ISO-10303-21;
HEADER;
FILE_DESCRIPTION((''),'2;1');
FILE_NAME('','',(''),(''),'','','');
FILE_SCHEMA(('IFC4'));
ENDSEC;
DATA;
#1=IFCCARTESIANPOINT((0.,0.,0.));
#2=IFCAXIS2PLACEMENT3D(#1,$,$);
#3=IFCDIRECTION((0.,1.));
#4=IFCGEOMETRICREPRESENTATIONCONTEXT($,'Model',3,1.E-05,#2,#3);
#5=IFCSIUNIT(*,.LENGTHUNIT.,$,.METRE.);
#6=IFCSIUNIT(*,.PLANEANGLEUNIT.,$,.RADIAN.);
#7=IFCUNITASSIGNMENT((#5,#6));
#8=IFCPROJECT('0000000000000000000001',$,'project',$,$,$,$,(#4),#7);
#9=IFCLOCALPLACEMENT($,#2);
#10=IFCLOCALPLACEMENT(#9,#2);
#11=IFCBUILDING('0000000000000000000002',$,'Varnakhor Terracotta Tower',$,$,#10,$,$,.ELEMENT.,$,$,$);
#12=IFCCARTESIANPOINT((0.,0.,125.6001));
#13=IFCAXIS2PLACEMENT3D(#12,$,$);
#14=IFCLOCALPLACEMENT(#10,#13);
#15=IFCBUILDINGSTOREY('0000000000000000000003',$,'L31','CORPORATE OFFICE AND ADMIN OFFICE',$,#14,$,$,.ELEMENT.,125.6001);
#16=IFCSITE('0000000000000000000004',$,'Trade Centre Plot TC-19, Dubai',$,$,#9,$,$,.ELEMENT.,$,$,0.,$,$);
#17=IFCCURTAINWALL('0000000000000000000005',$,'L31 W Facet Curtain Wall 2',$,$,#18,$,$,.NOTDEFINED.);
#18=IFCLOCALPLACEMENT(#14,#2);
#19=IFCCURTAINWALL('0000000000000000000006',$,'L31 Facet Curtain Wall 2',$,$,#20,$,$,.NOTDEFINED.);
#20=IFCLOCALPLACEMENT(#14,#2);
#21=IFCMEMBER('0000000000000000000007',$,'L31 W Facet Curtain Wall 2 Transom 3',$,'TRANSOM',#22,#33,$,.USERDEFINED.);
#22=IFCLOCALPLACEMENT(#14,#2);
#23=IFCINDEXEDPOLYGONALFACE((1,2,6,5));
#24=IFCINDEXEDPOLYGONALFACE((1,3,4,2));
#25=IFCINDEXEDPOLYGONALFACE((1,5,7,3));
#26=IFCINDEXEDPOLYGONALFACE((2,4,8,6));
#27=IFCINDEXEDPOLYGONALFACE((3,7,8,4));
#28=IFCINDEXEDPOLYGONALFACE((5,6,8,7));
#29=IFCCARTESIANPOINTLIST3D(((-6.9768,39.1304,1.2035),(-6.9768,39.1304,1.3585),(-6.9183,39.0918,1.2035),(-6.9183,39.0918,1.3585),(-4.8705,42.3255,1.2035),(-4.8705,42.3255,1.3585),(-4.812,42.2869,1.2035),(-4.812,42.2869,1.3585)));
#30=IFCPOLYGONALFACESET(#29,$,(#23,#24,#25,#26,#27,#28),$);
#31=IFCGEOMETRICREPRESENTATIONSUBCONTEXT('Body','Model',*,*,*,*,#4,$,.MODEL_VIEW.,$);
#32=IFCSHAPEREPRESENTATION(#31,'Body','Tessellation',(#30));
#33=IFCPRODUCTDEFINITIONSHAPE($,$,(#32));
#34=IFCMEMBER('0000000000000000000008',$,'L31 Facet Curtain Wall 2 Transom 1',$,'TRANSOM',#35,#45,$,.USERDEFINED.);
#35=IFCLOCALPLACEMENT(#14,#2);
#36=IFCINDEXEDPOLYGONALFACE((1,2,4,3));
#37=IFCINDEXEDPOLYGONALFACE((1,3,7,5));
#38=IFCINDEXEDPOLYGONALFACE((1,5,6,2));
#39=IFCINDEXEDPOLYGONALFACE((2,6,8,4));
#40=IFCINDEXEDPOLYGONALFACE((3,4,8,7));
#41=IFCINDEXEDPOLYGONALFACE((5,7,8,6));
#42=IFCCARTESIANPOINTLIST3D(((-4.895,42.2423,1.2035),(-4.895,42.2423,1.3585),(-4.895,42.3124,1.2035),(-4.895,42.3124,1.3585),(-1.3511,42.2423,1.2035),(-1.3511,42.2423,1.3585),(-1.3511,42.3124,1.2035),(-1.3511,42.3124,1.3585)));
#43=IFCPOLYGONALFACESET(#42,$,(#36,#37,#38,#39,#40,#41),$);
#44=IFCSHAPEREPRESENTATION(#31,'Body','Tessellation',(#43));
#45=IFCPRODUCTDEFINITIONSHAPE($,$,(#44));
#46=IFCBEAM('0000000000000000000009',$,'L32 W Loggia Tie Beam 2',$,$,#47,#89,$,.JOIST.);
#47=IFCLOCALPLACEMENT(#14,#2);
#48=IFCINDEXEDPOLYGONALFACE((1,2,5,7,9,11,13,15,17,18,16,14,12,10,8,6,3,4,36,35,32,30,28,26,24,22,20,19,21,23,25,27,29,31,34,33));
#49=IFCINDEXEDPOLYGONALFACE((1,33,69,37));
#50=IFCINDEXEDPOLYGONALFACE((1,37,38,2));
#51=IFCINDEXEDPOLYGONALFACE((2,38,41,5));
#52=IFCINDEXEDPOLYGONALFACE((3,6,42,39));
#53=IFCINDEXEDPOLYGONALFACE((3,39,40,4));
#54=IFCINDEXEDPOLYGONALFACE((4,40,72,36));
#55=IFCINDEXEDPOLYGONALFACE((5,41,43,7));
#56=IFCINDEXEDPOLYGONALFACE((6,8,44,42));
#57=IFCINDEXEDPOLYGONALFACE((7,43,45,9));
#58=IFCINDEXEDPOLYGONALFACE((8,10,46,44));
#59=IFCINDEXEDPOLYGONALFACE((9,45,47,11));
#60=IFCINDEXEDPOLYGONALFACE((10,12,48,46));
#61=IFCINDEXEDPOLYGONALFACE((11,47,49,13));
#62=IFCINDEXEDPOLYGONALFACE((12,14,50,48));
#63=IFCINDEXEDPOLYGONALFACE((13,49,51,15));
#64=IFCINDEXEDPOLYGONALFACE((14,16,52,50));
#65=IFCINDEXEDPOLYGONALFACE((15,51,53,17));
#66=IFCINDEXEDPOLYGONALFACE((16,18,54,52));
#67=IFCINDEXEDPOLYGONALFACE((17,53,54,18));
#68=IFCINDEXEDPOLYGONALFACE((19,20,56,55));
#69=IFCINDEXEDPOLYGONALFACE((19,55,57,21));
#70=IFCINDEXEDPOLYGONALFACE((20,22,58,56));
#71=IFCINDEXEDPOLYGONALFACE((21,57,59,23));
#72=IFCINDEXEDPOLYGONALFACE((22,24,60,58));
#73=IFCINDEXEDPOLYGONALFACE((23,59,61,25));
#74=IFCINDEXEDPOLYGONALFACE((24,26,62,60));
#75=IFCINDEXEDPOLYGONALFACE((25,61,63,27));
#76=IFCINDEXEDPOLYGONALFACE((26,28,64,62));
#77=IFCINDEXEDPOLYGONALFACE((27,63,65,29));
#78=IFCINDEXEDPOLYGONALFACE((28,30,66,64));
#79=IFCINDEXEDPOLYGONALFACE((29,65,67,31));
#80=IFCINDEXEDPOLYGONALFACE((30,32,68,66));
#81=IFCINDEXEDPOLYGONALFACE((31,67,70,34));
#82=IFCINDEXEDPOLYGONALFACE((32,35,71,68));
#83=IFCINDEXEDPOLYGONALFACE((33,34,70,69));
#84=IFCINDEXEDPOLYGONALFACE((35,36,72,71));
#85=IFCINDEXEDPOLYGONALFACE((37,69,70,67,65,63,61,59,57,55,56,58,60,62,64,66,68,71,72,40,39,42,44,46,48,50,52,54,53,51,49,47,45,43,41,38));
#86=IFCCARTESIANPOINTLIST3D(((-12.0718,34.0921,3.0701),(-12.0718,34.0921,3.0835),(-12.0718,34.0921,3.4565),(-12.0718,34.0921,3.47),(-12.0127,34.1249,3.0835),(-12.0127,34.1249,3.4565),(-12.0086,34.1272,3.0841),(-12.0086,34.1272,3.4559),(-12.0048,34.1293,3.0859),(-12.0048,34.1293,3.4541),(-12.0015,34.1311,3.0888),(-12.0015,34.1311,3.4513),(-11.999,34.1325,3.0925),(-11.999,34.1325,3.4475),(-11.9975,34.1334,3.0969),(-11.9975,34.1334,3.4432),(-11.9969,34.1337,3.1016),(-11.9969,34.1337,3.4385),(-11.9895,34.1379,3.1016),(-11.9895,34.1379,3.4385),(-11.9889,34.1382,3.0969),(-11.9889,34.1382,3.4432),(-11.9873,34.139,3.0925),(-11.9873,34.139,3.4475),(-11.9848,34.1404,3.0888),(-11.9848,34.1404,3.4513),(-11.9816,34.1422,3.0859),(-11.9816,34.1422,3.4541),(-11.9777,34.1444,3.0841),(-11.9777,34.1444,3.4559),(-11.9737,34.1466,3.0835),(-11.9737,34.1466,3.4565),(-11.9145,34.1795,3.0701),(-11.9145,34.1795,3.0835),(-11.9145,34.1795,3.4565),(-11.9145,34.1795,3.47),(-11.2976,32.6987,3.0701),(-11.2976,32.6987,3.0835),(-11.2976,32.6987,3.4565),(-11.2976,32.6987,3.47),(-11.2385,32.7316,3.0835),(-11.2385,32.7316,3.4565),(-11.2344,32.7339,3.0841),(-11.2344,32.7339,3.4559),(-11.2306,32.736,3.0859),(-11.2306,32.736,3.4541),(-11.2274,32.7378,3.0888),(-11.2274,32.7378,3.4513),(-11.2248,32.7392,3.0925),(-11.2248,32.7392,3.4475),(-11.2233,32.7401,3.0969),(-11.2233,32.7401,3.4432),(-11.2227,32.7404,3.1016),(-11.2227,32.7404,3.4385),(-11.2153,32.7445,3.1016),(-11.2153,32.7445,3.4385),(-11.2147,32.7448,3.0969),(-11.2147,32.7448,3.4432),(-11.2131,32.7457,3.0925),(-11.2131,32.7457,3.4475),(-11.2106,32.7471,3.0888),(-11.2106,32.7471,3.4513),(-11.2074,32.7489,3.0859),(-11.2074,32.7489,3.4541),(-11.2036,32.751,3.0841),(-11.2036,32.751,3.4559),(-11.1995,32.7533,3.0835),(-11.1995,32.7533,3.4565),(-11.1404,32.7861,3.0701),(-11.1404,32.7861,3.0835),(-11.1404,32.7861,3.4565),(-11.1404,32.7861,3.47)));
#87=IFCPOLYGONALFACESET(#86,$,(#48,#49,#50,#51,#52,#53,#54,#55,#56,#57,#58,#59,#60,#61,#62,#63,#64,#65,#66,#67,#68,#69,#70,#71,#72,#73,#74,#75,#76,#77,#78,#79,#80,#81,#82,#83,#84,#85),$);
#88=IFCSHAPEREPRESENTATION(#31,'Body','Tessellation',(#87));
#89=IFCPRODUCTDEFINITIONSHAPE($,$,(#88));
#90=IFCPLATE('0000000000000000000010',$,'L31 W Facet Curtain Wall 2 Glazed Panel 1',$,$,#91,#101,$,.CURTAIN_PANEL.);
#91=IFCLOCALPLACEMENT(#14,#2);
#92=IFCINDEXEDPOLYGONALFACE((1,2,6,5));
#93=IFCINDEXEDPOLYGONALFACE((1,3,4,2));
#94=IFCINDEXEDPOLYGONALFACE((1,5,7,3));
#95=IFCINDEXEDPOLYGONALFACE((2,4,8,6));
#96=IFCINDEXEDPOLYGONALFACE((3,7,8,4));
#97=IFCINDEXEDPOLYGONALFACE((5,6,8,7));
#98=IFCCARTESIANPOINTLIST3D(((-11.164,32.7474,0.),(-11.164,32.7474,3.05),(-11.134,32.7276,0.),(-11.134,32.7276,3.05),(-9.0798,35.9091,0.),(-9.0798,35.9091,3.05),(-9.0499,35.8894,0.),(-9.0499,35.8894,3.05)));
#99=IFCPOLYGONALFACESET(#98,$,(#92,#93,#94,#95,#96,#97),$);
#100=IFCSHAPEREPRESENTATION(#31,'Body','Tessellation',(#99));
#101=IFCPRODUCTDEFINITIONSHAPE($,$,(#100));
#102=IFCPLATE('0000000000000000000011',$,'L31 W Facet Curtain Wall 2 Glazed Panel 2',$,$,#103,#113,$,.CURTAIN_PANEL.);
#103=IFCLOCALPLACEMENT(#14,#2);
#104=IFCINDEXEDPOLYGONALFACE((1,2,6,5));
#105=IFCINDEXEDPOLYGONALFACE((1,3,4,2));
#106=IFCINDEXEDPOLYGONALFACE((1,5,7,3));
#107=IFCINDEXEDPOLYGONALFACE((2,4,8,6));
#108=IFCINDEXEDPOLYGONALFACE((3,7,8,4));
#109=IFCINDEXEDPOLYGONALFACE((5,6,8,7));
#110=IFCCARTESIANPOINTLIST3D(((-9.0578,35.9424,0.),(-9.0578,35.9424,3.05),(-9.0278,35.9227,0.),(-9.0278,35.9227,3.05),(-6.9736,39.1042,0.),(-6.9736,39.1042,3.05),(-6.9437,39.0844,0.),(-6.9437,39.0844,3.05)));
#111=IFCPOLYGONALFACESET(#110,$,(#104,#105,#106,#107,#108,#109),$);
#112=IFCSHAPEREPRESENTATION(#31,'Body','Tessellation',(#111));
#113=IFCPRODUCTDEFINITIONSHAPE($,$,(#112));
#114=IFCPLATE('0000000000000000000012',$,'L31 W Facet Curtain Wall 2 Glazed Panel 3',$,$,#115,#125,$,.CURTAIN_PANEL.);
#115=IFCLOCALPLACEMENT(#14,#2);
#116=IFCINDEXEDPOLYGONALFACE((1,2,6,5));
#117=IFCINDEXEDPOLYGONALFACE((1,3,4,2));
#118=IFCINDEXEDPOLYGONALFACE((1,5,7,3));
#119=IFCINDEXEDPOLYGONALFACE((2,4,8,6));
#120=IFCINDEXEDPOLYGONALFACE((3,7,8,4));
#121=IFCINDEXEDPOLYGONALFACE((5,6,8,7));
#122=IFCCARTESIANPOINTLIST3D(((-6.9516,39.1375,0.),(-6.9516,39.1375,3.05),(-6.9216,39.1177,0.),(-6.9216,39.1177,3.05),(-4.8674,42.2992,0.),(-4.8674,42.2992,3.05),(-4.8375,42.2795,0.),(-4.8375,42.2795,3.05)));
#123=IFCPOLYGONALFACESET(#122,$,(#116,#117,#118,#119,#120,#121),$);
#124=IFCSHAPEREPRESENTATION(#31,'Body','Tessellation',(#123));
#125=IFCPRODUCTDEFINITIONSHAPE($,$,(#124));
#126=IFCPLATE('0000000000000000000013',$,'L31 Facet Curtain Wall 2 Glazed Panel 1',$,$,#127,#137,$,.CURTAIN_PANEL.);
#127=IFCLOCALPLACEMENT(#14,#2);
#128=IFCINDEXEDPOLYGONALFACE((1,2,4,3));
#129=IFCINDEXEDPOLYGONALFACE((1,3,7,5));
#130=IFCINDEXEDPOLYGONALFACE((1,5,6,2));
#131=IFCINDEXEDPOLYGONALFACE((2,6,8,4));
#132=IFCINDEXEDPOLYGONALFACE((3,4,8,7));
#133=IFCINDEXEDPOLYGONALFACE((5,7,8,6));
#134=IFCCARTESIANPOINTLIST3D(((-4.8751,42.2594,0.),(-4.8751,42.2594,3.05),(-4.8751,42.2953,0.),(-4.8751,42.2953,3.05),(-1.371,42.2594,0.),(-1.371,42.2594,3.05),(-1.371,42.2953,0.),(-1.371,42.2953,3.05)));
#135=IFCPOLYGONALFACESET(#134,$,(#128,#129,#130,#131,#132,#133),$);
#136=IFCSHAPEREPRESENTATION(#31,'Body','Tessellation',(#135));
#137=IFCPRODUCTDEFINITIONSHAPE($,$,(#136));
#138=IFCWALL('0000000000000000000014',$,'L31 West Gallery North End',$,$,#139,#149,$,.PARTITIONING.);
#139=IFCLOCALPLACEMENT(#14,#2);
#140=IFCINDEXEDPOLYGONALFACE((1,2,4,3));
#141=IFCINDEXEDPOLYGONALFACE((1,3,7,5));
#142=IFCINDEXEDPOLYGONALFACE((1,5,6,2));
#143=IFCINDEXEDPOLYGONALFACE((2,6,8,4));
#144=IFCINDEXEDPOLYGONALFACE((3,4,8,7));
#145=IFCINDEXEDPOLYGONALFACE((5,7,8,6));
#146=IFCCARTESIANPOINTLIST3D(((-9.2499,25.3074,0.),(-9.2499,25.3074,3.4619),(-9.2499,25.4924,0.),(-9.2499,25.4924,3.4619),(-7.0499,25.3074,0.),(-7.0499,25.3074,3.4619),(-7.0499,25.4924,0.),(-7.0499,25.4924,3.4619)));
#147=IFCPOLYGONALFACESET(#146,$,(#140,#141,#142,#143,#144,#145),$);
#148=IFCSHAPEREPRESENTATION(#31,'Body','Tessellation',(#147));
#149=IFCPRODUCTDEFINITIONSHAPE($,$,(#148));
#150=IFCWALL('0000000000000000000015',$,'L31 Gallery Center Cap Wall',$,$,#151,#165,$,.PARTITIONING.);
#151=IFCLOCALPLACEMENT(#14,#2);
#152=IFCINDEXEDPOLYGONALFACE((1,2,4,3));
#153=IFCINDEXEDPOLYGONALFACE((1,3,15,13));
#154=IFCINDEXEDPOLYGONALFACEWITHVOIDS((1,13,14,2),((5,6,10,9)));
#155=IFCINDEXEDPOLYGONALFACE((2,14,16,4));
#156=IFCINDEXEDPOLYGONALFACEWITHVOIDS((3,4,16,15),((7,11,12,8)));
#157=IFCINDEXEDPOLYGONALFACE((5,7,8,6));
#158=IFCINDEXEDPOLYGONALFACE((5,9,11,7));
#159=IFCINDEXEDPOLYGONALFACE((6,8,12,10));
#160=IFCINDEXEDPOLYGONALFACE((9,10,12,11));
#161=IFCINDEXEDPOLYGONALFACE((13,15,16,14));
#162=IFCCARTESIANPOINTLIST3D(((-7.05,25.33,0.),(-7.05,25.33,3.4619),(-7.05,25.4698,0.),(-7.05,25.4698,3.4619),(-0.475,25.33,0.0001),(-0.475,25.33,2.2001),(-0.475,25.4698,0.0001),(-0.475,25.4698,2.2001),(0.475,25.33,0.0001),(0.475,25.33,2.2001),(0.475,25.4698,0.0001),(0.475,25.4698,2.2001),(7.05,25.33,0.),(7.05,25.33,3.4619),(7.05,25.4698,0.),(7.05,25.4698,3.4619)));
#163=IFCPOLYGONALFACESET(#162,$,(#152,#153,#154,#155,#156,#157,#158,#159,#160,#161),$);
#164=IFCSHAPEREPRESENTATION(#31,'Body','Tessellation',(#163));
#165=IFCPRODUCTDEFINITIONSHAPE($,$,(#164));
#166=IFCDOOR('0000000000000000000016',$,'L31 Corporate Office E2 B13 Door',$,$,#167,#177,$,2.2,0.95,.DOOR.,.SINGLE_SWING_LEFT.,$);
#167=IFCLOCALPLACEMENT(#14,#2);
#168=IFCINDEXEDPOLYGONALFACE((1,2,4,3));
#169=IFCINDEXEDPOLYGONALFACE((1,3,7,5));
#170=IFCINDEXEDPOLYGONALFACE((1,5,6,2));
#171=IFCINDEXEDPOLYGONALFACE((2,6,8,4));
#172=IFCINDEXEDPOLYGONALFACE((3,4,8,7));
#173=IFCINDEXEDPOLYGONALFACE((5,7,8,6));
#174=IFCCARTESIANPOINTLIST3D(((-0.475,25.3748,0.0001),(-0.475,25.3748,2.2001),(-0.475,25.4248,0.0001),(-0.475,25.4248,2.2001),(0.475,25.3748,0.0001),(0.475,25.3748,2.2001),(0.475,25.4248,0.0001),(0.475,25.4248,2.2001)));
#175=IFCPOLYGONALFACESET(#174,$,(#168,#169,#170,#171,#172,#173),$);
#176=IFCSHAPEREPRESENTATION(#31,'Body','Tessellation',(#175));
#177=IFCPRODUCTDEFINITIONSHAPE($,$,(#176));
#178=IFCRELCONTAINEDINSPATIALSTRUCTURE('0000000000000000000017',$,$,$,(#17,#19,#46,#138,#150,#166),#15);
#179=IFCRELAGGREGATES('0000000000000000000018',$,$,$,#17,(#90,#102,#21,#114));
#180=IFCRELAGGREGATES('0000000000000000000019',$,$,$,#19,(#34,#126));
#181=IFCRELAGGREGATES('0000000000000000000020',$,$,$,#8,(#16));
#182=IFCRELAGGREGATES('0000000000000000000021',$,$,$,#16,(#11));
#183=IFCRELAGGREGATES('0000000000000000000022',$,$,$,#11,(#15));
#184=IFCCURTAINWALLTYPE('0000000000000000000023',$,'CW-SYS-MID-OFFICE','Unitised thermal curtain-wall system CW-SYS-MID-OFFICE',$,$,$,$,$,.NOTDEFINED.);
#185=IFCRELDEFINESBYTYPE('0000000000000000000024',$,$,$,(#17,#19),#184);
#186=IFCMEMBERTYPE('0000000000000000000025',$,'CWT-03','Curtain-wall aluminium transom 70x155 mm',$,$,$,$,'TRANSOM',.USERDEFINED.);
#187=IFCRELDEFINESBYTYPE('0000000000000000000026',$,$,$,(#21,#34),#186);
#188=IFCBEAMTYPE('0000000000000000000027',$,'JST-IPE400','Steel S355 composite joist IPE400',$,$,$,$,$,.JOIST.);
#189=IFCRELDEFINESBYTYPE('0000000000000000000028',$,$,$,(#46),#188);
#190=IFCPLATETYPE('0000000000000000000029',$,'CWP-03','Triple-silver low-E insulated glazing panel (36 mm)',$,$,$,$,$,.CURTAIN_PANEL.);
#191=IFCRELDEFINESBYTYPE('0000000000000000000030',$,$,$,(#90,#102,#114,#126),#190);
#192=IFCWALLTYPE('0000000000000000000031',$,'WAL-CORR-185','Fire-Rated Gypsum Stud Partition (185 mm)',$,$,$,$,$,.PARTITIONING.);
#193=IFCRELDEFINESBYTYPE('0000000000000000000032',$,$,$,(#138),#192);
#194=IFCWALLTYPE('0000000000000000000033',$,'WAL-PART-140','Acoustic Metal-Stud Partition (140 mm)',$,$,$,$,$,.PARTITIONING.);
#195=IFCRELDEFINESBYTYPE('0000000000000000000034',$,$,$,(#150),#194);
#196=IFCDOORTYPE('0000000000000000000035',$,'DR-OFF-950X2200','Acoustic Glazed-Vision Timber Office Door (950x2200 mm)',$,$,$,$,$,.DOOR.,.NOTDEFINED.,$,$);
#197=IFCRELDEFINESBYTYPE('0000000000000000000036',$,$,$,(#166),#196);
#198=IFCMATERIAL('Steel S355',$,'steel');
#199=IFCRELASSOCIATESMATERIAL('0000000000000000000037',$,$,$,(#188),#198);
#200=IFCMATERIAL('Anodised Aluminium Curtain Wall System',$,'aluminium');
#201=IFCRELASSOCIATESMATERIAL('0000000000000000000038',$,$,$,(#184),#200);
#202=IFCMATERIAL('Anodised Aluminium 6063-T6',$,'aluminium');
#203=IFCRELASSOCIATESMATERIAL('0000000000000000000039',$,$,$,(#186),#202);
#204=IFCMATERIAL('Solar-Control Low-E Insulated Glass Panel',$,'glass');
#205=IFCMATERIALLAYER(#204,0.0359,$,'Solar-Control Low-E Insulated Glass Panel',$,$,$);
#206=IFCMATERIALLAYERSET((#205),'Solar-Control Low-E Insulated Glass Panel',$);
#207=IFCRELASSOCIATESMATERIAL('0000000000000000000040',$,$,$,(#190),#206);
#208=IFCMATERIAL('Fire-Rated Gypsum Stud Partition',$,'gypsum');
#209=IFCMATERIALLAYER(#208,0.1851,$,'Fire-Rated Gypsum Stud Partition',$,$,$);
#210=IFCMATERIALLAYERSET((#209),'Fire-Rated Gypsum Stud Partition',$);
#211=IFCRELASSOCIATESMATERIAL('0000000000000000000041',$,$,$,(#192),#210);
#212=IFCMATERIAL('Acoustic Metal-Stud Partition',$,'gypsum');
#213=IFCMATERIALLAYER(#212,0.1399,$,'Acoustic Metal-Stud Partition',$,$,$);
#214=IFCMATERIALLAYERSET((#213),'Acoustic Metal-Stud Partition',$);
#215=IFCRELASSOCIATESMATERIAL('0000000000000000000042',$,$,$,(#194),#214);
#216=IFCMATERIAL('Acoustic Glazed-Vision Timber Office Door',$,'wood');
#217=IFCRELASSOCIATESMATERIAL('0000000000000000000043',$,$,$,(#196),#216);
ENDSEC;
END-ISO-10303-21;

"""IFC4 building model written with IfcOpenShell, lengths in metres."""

from ifc_helpers import new_model, si_unit, direction, frame, frame_2d, origin, origin_2d, place, context, subcontext, project, spatial, rectangle, i_section, extrude, source, transform, mapped, material, layer, layer_set, material_profile, profile_set, type_object, type_shapes, element, fill, aggregate, save


model = new_model("IFC4")

# Units and contexts
model_context = context("Model", 3, precision=1e-05, world=origin(), true_north=direction((0.0, 1.0)))
body_context = subcontext(model_context, "Body", "Model", "MODEL_VIEW")
ifc_project = project(units=[si_unit("LENGTHUNIT", "METRE"), si_unit("PLANEANGLEUNIT", "RADIAN")], contexts=[model_context])

# Site, building, storey
site_placement = place(None, origin())
site = spatial("IfcSite", under=ifc_project, at=site_placement, Name="Trade Centre Plot TC-19, Dubai", CompositionType="ELEMENT", RefElevation=0.0)
building_placement = place(site_placement, origin())
building = spatial("IfcBuilding", under=site, at=building_placement, Name="Varnakhor Terracotta Tower", CompositionType="ELEMENT")
storey_placement = place(building_placement, frame((0.0, 0.0, 125.6001)))
storey = spatial("IfcBuildingStorey", under=building, at=storey_placement, Name="L31", Description="CORPORATE OFFICE AND ADMIN OFFICE", CompositionType="ELEMENT", Elevation=125.6001)

# Shared definitions
ifc_material_1 = material(Name="Steel S355", Category="steel")
ifc_material_profile_1 = material_profile(ifc_material_1, i_section(OverallWidth=0.1799, OverallDepth=0.3999, WebThickness=0.0085, FlangeThickness=0.0134, FilletRadius=0.0181, at=origin_2d()), Name="IPE400")
ifc_profile_set_1 = profile_set([ifc_material_profile_1], Name="Steel S355")
beam_type_1 = type_object("IfcBeamType", Name="JST-IPE400", Description="Steel S355 composite joist IPE400", PredefinedType="JOIST", material=ifc_profile_set_1)

# Curtain wall
ifc_material_2 = material(Name="Anodised Aluminium Curtain Wall System", Category="aluminium")
curtain_wall_type = type_object("IfcCurtainWallType", Name="CW-SYS-MID-OFFICE", Description="Unitised thermal curtain-wall system CW-SYS-MID-OFFICE", PredefinedType="NOTDEFINED", material=ifc_material_2)
curtain_wall_1_placement = place(storey_placement, origin())
curtain_wall_1 = element("IfcCurtainWall", 1, at=curtain_wall_1_placement, inside=storey, type_object=curtain_wall_type, Name="L31 W Facet Curtain Wall 2", PredefinedType="NOTDEFINED")
ifc_material_3 = material(Name="Anodised Aluminium 6063-T6", Category="aluminium")

# Curtain wall
curtain_wall_2_placement = place(storey_placement, origin())
curtain_wall_2 = element("IfcCurtainWall", 2, at=curtain_wall_2_placement, inside=storey, type_object=curtain_wall_type, Name="L31 Facet Curtain Wall 2", PredefinedType="NOTDEFINED")

# Members
ifc_material_profile_2 = material_profile(ifc_material_3, rectangle(XDim=0.0701, YDim=0.155, at=origin_2d()), Name="ALU TRANSOM 70x155")
ifc_profile_set_2 = profile_set([ifc_material_profile_2], Name="Anodised Aluminium 6063-T6")
member_type_1 = type_object("IfcMemberType", Name="CWT-03", Description="Curtain-wall aluminium transom 70x155 mm", ElementType="TRANSOM", PredefinedType="USERDEFINED", material=ifc_profile_set_2)
shared_shape_1 = source(origin(), body_context, "Body", "SweptSolid", [
    extrude(rectangle(XDim=0.0701, YDim=0.155, at=origin_2d()), origin(), (0.0, 0.0, 1.0), 3.8269),
])
type_shapes(member_type_1, [shared_shape_1])
member_1_placement = place(storey_placement, frame((-6.9475, 39.1111, 1.281), z_axis=(0.550379, 0.834915, 0.0), x_axis=(-0.834915, 0.550379, 0.0)))
member_1 = element("IfcMember", 3, at=member_1_placement, type_object=member_type_1, Name="L31 W Facet Curtain Wall 2 Transom 3", ObjectType="TRANSOM", PredefinedType="USERDEFINED", context=body_context, shape_type="MappedRepresentation", body=[
    mapped(shared_shape_1, transform((0.0, 0.0, 0.0), scale=1.0)),
])
shared_shape_2 = source(origin(), body_context, "Body", "SweptSolid", [
    extrude(rectangle(XDim=0.0701, YDim=0.155, at=origin_2d()), origin(), (0.0, 0.0, 1.0), 3.5439),
])
member_2_placement = place(storey_placement, frame((-4.895, 42.2773, 1.281), z_axis=(1.0, 0.0, 0.0), x_axis=(0.0, 1.0, 0.0)))
member_2 = element("IfcMember", 4, at=member_2_placement, type_object=member_type_1, Name="L31 Facet Curtain Wall 2 Transom 1", ObjectType="TRANSOM", PredefinedType="USERDEFINED", context=body_context, shape_type="MappedRepresentation", body=[
    mapped(shared_shape_2, transform((0.0, 0.0, 0.0), scale=1.0)),
])

# Beam
shared_shape_3 = source(origin(), body_context, "Body", "SweptSolid", [
    extrude(i_section(OverallWidth=0.1799, OverallDepth=0.3999, WebThickness=0.0085, FlangeThickness=0.0134, FilletRadius=0.0181, at=origin_2d()), origin(), (0.0, 0.0, 1.0), 1.594),
])
beam_1_placement = place(storey_placement, frame((-11.219, 32.7424, 3.27), z_axis=(-0.485695, 0.874128, 0.0), x_axis=(-0.874128, -0.485695, 0.0)))
element("IfcBeam", 5, at=beam_1_placement, inside=storey, type_object=beam_type_1, Name="L32 W Loggia Tie Beam 2", PredefinedType="JOIST", context=body_context, shape_type="MappedRepresentation", body=[
    mapped(shared_shape_3, transform((0.0, 0.0, 0.0), scale=1.0)),
])

# Plates
ifc_material_4 = material(Name="Solar-Control Low-E Insulated Glass Panel", Category="glass")
ifc_layer_1 = layer(ifc_material_4, 0.0359, Name="Solar-Control Low-E Insulated Glass Panel")
ifc_layer_set_1 = layer_set([ifc_layer_1], Name="Solar-Control Low-E Insulated Glass Panel")
plate_type = type_object("IfcPlateType", Name="CWP-03", Description="Triple-silver low-E insulated glazing panel (36 mm)", PredefinedType="CURTAIN_PANEL", material=ifc_layer_set_1)
shared_shape_4 = source(origin(), body_context, "Body", "SweptSolid", [
    extrude(rectangle(XDim=3.7869, YDim=0.0359, at=origin_2d()), origin(), (0.0, 0.0, 1.0), 3.05),
])
type_shapes(plate_type, [shared_shape_4])
plate_1_placement = place(storey_placement, frame((-10.1069, 34.3184, 0.0), z_axis=(0.0, 0.0, 1.0), x_axis=(0.550364, 0.834925, 0.0)))
plate_1 = element("IfcPlate", 6, at=plate_1_placement, type_object=plate_type, Name="L31 W Facet Curtain Wall 2 Glazed Panel 1", PredefinedType="CURTAIN_PANEL", context=body_context, shape_type="MappedRepresentation", body=[
    mapped(shared_shape_4, transform((0.0, 0.0, 0.0), scale=1.0)),
])
plate_2_placement = place(storey_placement, frame((-8.0007, 37.5134, 0.0), z_axis=(0.0, 0.0, 1.0), x_axis=(0.550364, 0.834925, 0.0)))
plate_2 = element("IfcPlate", 7, at=plate_2_placement, type_object=plate_type, Name="L31 W Facet Curtain Wall 2 Glazed Panel 2", PredefinedType="CURTAIN_PANEL", context=body_context, shape_type="MappedRepresentation", body=[
    mapped(shared_shape_4, transform((0.0, 0.0, 0.0), scale=1.0)),
])
plate_3_placement = place(storey_placement, frame((-5.8945, 40.7085, 0.0), z_axis=(0.0, 0.0, 1.0), x_axis=(0.550364, 0.834925, 0.0)))
plate_3 = element("IfcPlate", 8, at=plate_3_placement, type_object=plate_type, Name="L31 W Facet Curtain Wall 2 Glazed Panel 3", PredefinedType="CURTAIN_PANEL", context=body_context, shape_type="MappedRepresentation", body=[
    mapped(shared_shape_4, transform((0.0, 0.0, 0.0), scale=1.0)),
])
aggregate(curtain_wall_1, [plate_1, plate_2, member_1, plate_3])
shared_shape_5 = source(origin(), body_context, "Body", "SweptSolid", [
    extrude(rectangle(XDim=3.5042, YDim=0.0359, at=origin_2d()), origin(), (0.0, 0.0, 1.0), 3.05),
])
plate_4_placement = place(storey_placement, frame((-3.123, 42.2773, 0.0), z_axis=(0.0, 0.0, 1.0), x_axis=(1.0, 0.0, 0.0)))
plate_4 = element("IfcPlate", 9, at=plate_4_placement, type_object=plate_type, Name="L31 Facet Curtain Wall 2 Glazed Panel 1", PredefinedType="CURTAIN_PANEL", context=body_context, shape_type="MappedRepresentation", body=[
    mapped(shared_shape_5, transform((0.0, 0.0, 0.0), scale=1.0)),
])
aggregate(curtain_wall_2, [member_2, plate_4])

# Wall
ifc_material_5 = material(Name="Fire-Rated Gypsum Stud Partition", Category="gypsum")
ifc_layer_2 = layer(ifc_material_5, 0.1851, Name="Fire-Rated Gypsum Stud Partition")
ifc_layer_set_2 = layer_set([ifc_layer_2], Name="Fire-Rated Gypsum Stud Partition")
wall_type_1 = type_object("IfcWallType", Name="WAL-CORR-185", Description="Fire-Rated Gypsum Stud Partition (185 mm)", PredefinedType="PARTITIONING", material=ifc_layer_set_2)
wall_1_placement = place(storey_placement, frame((-9.25, 25.3999, 0.0), z_axis=(0.0, 0.0, 1.0), x_axis=(1.0, 0.0, 0.0)))
element("IfcWall", 10, at=wall_1_placement, inside=storey, type_object=wall_type_1, Name="L31 West Gallery North End", PredefinedType="PARTITIONING", context=body_context, shape_type="SweptSolid", body=[
    extrude(rectangle(XDim=2.2, YDim=0.1851, at=frame_2d((1.1001, 0.0))), origin(), (0.0, 0.0, 1.0), 3.4619),
])

# Wall, opening, door
ifc_material_6 = material(Name="Acoustic Metal-Stud Partition", Category="gypsum")
ifc_layer_3 = layer(ifc_material_6, 0.1399, Name="Acoustic Metal-Stud Partition")
ifc_layer_set_3 = layer_set([ifc_layer_3], Name="Acoustic Metal-Stud Partition")
wall_type_2 = type_object("IfcWallType", Name="WAL-PART-140", Description="Acoustic Metal-Stud Partition (140 mm)", PredefinedType="PARTITIONING", material=ifc_layer_set_3)
wall_2_placement = place(storey_placement, frame((-7.05, 25.3999, 0.0), z_axis=(0.0, 0.0, 1.0), x_axis=(1.0, 0.0, 0.0)))
wall_2 = element("IfcWall", 11, at=wall_2_placement, inside=storey, type_object=wall_type_2, Name="L31 Gallery Center Cap Wall", PredefinedType="PARTITIONING", context=body_context, shape_type="SweptSolid", body=[
    extrude(rectangle(XDim=14.1001, YDim=0.1399, at=frame_2d((7.05, 0.0))), origin(), (0.0, 0.0, 1.0), 3.4619),
])
opening_1_placement = place(wall_2_placement, frame((6.575, 0.0, 0.0)))
opening_1 = element("IfcOpeningElement", 12, at=opening_1_placement, cuts=wall_2, PredefinedType="OPENING", context=body_context, shape_type="SweptSolid", body=[
    extrude(rectangle(XDim=0.95, YDim=2.2, at=frame_2d((0.4751, 1.1001))), frame((0.0, 0.0801, 0.0), z_axis=(0.0, -1.0, 0.0), x_axis=(1.0, 0.0, 0.0)), (0.0, 0.0, 1.0), 0.1599),
])
ifc_material_7 = material(Name="Acoustic Glazed-Vision Timber Office Door", Category="wood")
door_type = type_object("IfcDoorType", Name="DR-OFF-950X2200", Description="Acoustic Glazed-Vision Timber Office Door (950x2200 mm)", OperationType="NOTDEFINED", PredefinedType="DOOR", material=ifc_material_7)
shared_shape_6 = source(origin(), body_context, "Body", "SweptSolid", [
    extrude(rectangle(XDim=0.95, YDim=2.2, at=frame_2d((0.4751, 1.1001))), frame((0.0, 0.0249, 0.0), z_axis=(0.0, -1.0, 0.0), x_axis=(1.0, 0.0, 0.0)), (0.0, 0.0, 1.0), 0.05),
])
type_shapes(door_type, [shared_shape_6])
door_1_placement = place(opening_1_placement, origin())
door_1 = element("IfcDoor", 13, at=door_1_placement, inside=storey, type_object=door_type, Name="L31 Corporate Office E2 B13 Door", OperationType="SINGLE_SWING_LEFT", OverallHeight=2.2, OverallWidth=0.95, PredefinedType="DOOR", context=body_context, shape_type="MappedRepresentation", body=[
    mapped(shared_shape_6, transform((0.0, 0.0, 0.0), scale=1.0)),
])
fill(opening_1, door_1)

save(model, "model.ifc")
